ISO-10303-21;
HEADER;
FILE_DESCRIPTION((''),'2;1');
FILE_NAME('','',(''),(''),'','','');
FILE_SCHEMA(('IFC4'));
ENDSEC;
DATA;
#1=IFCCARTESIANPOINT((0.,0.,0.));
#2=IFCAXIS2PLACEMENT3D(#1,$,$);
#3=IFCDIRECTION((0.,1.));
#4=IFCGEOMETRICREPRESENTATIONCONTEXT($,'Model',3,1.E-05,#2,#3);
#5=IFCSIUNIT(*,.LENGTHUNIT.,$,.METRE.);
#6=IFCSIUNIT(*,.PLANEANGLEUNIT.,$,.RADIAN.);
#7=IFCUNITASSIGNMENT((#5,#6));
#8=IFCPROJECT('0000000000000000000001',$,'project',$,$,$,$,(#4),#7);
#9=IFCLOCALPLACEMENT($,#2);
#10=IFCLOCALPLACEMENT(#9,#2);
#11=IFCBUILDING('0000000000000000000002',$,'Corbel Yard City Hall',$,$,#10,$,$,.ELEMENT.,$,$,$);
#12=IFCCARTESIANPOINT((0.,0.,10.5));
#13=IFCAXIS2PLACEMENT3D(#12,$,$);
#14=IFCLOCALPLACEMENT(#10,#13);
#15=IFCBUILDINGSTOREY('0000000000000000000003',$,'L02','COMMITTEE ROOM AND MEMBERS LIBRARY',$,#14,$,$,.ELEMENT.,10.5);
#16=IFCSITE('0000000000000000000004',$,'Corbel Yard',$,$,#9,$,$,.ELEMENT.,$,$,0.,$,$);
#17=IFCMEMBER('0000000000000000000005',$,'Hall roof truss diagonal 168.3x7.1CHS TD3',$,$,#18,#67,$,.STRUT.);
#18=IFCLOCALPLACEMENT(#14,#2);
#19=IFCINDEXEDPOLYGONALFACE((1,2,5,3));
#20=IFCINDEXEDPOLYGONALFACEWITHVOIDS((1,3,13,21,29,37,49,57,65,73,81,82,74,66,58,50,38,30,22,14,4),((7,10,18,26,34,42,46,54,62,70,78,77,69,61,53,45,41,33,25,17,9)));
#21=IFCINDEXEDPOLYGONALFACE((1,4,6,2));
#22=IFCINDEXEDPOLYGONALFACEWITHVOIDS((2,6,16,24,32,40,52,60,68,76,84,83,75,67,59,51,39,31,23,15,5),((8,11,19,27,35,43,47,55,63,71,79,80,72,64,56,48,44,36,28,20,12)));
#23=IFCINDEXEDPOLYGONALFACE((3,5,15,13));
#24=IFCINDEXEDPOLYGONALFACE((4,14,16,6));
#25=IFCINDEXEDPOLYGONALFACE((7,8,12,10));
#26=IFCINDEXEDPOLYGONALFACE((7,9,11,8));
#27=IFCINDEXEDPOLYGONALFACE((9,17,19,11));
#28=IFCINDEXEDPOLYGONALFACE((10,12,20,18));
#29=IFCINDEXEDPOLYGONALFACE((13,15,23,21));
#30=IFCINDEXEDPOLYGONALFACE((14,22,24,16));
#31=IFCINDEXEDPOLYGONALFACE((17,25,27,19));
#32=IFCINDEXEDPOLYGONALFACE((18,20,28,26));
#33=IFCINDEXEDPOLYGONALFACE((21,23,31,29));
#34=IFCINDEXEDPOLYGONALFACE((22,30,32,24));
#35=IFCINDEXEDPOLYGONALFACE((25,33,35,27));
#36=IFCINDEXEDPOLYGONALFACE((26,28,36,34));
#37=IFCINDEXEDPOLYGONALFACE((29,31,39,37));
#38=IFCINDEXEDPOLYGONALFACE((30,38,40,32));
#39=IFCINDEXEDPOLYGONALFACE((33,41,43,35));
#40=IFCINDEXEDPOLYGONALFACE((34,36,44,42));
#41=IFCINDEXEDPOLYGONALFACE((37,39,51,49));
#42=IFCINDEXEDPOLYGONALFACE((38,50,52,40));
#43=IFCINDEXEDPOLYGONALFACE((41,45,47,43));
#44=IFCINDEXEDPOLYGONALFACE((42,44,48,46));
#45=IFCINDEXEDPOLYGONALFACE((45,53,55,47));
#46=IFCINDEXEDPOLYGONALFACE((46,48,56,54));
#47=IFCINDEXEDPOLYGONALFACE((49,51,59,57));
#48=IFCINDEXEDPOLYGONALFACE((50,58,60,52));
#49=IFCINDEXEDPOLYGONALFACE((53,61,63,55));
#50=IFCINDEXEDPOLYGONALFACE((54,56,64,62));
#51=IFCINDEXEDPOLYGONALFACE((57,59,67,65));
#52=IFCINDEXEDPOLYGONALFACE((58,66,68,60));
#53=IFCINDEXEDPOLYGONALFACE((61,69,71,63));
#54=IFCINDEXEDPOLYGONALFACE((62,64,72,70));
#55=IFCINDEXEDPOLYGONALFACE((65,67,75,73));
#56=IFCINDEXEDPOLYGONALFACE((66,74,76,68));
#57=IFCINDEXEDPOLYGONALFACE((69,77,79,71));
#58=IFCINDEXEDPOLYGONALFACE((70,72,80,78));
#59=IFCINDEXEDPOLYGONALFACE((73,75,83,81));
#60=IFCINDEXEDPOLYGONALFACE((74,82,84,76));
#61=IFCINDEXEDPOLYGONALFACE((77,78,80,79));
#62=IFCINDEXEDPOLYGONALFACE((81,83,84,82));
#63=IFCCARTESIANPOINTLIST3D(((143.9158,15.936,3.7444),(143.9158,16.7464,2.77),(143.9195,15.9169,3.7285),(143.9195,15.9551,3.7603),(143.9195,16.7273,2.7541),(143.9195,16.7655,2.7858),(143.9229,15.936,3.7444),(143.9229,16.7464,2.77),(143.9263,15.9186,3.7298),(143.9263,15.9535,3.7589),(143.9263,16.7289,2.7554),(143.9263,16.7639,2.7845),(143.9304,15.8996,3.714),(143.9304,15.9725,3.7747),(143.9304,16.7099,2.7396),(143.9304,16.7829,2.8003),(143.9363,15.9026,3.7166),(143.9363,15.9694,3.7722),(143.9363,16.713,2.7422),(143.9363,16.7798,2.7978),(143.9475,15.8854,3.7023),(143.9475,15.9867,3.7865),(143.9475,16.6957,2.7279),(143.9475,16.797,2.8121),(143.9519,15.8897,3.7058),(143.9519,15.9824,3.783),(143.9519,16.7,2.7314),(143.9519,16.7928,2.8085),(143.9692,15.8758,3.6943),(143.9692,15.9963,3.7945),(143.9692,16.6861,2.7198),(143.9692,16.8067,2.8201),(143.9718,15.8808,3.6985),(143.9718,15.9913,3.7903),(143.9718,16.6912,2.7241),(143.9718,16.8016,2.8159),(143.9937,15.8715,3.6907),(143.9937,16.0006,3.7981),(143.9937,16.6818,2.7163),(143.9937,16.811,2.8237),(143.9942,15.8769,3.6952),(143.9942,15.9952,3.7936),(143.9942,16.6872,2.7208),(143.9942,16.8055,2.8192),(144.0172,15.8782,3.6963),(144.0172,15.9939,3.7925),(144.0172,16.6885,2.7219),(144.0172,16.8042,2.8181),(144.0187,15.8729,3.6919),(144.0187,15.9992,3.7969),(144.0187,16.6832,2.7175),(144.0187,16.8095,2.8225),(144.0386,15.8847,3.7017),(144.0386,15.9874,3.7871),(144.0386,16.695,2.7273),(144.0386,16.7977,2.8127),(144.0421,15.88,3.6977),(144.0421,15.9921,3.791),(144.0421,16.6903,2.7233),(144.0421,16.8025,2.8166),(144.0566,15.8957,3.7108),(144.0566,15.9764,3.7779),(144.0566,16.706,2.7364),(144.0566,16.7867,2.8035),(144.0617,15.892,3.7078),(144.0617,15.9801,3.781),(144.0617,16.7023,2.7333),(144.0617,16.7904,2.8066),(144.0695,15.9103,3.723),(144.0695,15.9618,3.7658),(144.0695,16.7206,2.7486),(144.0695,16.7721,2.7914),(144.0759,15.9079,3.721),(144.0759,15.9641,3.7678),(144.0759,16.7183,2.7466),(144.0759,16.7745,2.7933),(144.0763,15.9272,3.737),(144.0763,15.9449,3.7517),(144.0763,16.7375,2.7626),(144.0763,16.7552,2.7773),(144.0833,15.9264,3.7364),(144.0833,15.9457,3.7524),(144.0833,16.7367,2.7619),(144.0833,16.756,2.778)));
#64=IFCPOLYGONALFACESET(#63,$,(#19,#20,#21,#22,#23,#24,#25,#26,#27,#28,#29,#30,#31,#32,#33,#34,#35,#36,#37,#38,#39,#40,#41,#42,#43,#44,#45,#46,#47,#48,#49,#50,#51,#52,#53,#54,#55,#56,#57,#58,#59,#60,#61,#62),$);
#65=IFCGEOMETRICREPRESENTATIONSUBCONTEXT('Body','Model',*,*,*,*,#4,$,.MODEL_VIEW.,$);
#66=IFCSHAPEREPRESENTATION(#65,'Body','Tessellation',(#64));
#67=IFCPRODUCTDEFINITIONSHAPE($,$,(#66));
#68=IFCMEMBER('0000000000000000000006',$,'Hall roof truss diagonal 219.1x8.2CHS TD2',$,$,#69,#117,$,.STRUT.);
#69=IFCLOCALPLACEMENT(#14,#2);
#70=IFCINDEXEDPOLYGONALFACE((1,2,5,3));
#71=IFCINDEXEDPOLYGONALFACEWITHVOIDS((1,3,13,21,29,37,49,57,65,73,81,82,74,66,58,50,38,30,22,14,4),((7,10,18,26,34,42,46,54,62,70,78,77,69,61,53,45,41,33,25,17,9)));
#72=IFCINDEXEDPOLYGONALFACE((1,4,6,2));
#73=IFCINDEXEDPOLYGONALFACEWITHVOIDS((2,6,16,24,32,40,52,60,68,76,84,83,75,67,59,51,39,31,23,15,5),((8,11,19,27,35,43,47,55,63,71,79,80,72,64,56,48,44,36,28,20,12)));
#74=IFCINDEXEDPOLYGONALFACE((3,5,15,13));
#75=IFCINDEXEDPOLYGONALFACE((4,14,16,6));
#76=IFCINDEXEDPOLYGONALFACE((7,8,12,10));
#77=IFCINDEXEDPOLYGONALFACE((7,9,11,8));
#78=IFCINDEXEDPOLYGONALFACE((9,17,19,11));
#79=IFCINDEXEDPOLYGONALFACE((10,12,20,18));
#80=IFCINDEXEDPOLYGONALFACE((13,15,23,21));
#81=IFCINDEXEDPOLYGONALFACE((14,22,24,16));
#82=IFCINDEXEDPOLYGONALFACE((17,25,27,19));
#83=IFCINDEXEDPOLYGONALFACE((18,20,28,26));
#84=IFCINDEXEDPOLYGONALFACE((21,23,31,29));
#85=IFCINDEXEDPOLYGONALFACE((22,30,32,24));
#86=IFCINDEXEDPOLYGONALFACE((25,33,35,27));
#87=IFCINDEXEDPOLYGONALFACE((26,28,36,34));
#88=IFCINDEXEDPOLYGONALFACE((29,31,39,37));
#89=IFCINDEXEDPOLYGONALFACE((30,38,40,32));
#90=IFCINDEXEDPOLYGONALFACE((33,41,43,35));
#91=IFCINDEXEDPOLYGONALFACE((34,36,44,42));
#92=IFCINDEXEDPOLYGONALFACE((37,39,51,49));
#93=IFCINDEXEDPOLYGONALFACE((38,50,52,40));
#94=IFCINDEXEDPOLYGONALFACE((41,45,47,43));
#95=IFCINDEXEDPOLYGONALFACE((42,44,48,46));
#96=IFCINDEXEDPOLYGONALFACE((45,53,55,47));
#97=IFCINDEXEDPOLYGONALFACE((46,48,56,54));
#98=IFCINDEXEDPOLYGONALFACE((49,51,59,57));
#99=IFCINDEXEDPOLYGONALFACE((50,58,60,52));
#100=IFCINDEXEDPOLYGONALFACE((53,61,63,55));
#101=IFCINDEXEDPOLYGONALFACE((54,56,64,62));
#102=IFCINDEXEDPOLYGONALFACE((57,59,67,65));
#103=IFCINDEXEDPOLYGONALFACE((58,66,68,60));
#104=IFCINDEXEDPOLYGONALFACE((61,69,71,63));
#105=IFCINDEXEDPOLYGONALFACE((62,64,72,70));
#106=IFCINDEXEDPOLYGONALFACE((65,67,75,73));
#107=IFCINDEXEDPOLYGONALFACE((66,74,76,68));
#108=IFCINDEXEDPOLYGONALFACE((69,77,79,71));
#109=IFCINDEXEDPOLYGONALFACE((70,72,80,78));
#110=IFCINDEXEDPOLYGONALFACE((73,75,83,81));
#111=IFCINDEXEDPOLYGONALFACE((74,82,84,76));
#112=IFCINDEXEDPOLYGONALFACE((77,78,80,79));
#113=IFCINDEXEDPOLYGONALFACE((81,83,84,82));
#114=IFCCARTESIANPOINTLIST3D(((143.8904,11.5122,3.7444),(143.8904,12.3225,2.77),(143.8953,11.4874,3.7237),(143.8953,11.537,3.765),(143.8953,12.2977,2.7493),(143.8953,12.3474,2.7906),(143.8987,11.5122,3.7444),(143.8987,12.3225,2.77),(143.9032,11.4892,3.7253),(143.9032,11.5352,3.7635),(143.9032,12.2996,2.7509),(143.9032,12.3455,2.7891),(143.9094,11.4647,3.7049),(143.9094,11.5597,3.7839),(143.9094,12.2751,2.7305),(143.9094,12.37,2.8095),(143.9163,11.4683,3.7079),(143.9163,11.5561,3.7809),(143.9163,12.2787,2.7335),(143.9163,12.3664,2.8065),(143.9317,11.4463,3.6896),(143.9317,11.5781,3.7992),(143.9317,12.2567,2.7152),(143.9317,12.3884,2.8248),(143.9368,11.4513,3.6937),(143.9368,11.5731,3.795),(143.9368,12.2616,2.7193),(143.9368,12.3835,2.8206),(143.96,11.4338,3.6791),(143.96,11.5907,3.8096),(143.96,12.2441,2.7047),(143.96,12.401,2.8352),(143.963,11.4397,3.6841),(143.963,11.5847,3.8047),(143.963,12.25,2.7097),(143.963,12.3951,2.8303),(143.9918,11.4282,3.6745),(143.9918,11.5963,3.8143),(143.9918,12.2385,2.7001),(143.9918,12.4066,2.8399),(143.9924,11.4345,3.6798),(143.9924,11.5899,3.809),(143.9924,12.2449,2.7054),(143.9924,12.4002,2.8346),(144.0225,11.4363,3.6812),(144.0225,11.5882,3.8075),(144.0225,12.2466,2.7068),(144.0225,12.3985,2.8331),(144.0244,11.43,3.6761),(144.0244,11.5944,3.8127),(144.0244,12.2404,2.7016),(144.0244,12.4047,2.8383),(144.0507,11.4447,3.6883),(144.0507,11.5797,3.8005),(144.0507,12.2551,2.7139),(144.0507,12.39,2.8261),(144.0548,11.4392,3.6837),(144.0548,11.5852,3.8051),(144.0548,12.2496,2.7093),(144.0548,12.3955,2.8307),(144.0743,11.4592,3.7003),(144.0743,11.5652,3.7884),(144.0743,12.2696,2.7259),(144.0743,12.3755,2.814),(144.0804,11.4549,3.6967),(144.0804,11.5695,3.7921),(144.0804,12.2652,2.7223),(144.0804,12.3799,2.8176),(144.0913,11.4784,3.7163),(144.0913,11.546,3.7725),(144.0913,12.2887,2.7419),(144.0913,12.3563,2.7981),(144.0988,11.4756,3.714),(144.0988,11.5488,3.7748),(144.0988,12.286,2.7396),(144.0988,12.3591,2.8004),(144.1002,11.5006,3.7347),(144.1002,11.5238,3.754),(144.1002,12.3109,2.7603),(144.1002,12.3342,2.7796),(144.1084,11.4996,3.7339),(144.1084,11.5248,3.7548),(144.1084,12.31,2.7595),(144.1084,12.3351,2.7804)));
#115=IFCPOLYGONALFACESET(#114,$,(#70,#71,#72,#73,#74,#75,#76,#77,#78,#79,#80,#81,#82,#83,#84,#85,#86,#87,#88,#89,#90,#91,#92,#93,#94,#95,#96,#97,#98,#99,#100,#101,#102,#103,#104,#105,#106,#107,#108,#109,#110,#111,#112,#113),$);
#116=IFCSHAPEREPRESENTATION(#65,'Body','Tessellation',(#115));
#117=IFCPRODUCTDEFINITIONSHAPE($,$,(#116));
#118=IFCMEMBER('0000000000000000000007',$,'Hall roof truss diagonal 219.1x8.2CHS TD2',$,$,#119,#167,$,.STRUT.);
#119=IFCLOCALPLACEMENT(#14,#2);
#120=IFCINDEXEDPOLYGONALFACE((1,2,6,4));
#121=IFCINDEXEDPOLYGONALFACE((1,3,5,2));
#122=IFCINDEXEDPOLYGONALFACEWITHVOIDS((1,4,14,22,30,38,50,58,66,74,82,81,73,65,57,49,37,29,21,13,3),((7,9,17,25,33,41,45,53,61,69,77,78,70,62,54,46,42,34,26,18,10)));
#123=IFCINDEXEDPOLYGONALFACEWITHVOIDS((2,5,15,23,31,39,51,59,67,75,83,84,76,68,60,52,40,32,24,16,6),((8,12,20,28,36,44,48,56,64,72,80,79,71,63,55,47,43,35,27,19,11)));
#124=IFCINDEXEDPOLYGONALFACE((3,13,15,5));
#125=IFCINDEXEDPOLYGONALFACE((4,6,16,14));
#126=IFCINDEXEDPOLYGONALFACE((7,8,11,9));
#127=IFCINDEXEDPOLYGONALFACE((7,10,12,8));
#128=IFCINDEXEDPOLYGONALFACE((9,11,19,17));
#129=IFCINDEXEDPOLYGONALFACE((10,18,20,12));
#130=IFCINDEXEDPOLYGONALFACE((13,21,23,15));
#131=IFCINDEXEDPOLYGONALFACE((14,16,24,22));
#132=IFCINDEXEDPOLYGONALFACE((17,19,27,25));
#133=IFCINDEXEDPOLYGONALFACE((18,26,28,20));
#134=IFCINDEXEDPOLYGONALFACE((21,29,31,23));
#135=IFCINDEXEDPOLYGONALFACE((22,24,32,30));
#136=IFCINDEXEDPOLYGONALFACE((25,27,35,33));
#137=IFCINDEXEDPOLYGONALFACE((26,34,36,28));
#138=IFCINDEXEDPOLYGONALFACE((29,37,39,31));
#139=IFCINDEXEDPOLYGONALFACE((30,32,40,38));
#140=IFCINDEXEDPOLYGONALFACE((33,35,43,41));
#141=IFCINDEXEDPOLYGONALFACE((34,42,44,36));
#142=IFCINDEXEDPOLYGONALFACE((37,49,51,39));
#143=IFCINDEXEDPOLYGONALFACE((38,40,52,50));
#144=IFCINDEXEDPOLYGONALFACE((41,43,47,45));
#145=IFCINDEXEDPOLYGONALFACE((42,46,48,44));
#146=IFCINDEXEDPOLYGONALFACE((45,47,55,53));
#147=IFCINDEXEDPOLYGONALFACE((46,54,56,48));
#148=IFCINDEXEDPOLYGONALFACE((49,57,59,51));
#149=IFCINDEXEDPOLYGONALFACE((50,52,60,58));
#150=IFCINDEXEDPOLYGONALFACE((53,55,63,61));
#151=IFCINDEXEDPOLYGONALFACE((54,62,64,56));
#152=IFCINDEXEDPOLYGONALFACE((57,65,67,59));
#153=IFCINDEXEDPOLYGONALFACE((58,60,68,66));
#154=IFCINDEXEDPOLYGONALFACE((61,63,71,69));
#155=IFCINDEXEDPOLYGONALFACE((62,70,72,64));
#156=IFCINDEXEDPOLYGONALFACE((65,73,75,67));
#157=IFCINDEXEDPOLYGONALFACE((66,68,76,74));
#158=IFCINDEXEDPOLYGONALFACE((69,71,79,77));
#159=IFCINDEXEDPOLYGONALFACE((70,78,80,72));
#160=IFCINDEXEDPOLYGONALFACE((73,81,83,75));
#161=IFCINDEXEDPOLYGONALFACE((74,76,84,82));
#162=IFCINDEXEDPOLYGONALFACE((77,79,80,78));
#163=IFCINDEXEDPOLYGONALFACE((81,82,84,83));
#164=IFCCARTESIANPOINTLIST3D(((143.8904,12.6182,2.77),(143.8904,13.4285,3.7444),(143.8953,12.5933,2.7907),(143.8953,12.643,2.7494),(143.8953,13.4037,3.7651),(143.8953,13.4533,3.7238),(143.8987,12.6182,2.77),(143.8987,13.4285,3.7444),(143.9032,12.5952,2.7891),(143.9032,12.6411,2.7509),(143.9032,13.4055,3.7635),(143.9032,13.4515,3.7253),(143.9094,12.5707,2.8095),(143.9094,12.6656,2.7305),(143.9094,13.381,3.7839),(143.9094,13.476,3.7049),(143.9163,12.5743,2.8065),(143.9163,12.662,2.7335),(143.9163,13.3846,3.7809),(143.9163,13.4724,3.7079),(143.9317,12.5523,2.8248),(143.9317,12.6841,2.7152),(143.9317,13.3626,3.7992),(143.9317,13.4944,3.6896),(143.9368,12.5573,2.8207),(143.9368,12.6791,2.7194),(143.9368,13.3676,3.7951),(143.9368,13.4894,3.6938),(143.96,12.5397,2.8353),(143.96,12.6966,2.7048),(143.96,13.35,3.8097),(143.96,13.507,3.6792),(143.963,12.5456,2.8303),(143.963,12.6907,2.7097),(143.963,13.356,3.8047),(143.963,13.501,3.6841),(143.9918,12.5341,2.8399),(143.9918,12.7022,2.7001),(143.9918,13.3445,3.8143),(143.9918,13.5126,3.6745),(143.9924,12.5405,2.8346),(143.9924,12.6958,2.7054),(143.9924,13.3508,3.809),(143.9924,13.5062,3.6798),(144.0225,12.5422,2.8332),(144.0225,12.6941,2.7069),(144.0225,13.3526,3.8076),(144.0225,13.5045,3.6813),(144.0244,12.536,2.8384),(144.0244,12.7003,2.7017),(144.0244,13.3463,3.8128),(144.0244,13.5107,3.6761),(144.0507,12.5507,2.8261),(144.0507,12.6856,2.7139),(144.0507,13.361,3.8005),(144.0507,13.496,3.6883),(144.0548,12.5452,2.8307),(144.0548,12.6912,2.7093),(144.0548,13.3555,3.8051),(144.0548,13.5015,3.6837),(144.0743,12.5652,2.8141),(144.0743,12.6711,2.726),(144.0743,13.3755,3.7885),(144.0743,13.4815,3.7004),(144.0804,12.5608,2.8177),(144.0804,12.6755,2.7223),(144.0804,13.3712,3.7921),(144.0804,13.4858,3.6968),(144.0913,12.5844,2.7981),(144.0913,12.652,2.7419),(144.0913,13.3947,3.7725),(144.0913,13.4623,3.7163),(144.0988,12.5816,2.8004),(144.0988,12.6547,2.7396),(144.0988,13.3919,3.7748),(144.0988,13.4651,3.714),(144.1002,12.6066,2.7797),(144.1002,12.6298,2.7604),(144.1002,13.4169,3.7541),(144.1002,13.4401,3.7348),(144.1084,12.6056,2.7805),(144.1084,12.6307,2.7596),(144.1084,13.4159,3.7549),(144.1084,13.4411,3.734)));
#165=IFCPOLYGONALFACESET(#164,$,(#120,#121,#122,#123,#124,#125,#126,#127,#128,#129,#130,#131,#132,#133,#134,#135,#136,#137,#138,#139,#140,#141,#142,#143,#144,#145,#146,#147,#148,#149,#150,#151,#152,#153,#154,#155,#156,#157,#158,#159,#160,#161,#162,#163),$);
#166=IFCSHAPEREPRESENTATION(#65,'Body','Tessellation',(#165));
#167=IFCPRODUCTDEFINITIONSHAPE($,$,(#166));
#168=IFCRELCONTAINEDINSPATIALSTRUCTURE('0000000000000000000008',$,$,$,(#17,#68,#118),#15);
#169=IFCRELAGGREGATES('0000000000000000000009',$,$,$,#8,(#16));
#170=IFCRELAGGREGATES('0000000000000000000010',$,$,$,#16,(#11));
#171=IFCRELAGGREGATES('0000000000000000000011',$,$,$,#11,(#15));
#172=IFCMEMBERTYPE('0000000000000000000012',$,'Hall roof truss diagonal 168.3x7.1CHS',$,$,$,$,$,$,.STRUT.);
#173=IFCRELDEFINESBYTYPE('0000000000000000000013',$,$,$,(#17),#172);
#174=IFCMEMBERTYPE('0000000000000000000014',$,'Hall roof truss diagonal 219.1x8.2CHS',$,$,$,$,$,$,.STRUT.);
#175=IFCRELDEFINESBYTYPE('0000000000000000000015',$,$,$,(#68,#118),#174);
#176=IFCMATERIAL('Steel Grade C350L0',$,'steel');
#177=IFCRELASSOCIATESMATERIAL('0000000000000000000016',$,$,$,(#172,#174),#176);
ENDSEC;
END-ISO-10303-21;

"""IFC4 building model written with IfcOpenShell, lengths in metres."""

from ifc_helpers import new_model, si_unit, direction, frame, origin, origin_2d, place, context, subcontext, project, spatial, hollow_circle, extrude, material, material_profile, profile_set, type_object, element, save


model = new_model("IFC4")

# Units and contexts
model_context = context("Model", 3, precision=1e-05, world=origin(), true_north=direction((0.0, 1.0)))
body_context = subcontext(model_context, "Body", "Model", "MODEL_VIEW")
ifc_project = project(units=[si_unit("LENGTHUNIT", "METRE"), si_unit("PLANEANGLEUNIT", "RADIAN")], contexts=[model_context])

# Site, building, storey
site_placement = place(None, origin())
site = spatial("IfcSite", under=ifc_project, at=site_placement, Name="Corbel Yard", CompositionType="ELEMENT", RefElevation=0.0)
building_placement = place(site_placement, origin())
building = spatial("IfcBuilding", under=site, at=building_placement, Name="Corbel Yard City Hall", CompositionType="ELEMENT")
storey_placement = place(building_placement, frame((0.0, 0.0, 10.5)))
storey = spatial("IfcBuildingStorey", under=building, at=storey_placement, Name="L02", Description="COMMITTEE ROOM AND MEMBERS LIBRARY", CompositionType="ELEMENT", Elevation=10.5)

# Members
ifc_material_1 = material(Name="Steel Grade C350L0", Category="steel")
ifc_material_profile_1 = material_profile(ifc_material_1, hollow_circle(Radius=0.0842, WallThickness=0.0071, at=origin_2d()), Name="168.3x7.1CHS")
ifc_profile_set_1 = profile_set([ifc_material_profile_1], Name="Steel Grade C350L0")
member_type_1 = type_object("IfcMemberType", Name="Hall roof truss diagonal 168.3x7.1CHS", PredefinedType="STRUT", material=ifc_profile_set_1)
for number, where, z_axis, x_axis, name in (
    (1, (144.0, 15.936, 3.7444), (0.0, 0.639407, -0.768868), (-1.0, 0.0, 0.0), "Hall roof truss diagonal 168.3x7.1CHS TD3"),
):
    element("IfcMember", number, at=place(storey_placement, frame(where, z_axis=z_axis, x_axis=x_axis)), inside=storey, type_object=member_type_1, Name=name, PredefinedType="STRUT", context=body_context, shape_type="SweptSolid", body=[
        extrude(hollow_circle(Radius=0.0842, WallThickness=0.0071, at=origin_2d()), origin(), (0.0, 0.0, 1.0), 1.2673),
    ])
ifc_material_profile_2 = material_profile(ifc_material_1, hollow_circle(Radius=0.1096, WallThickness=0.0083, at=origin_2d()), Name="219.1x8.2CHS")
ifc_profile_set_2 = profile_set([ifc_material_profile_2], Name="Steel Grade C350L0")
member_type_2 = type_object("IfcMemberType", Name="Hall roof truss diagonal 219.1x8.2CHS", PredefinedType="STRUT", material=ifc_profile_set_2)
for number, where, z_axis, x_axis, name in (
    (2, (144.0, 11.5122, 3.7444), (0.0, 0.639407, -0.768868), (-1.0, 0.0, 0.0), "Hall roof truss diagonal 219.1x8.2CHS TD2"),
    (3, (144.0, 12.6182, 2.77), (0.0, 0.639407, 0.768868), (-1.0, 0.0, 0.0), "Hall roof truss diagonal 219.1x8.2CHS TD2"),
):
    element("IfcMember", number, at=place(storey_placement, frame(where, z_axis=z_axis, x_axis=x_axis)), inside=storey, type_object=member_type_2, Name=name, PredefinedType="STRUT", context=body_context, shape_type="SweptSolid", body=[
        extrude(hollow_circle(Radius=0.1096, WallThickness=0.0083, at=origin_2d()), origin(), (0.0, 0.0, 1.0), 1.2673),
    ])

save(model, "model.ifc")
